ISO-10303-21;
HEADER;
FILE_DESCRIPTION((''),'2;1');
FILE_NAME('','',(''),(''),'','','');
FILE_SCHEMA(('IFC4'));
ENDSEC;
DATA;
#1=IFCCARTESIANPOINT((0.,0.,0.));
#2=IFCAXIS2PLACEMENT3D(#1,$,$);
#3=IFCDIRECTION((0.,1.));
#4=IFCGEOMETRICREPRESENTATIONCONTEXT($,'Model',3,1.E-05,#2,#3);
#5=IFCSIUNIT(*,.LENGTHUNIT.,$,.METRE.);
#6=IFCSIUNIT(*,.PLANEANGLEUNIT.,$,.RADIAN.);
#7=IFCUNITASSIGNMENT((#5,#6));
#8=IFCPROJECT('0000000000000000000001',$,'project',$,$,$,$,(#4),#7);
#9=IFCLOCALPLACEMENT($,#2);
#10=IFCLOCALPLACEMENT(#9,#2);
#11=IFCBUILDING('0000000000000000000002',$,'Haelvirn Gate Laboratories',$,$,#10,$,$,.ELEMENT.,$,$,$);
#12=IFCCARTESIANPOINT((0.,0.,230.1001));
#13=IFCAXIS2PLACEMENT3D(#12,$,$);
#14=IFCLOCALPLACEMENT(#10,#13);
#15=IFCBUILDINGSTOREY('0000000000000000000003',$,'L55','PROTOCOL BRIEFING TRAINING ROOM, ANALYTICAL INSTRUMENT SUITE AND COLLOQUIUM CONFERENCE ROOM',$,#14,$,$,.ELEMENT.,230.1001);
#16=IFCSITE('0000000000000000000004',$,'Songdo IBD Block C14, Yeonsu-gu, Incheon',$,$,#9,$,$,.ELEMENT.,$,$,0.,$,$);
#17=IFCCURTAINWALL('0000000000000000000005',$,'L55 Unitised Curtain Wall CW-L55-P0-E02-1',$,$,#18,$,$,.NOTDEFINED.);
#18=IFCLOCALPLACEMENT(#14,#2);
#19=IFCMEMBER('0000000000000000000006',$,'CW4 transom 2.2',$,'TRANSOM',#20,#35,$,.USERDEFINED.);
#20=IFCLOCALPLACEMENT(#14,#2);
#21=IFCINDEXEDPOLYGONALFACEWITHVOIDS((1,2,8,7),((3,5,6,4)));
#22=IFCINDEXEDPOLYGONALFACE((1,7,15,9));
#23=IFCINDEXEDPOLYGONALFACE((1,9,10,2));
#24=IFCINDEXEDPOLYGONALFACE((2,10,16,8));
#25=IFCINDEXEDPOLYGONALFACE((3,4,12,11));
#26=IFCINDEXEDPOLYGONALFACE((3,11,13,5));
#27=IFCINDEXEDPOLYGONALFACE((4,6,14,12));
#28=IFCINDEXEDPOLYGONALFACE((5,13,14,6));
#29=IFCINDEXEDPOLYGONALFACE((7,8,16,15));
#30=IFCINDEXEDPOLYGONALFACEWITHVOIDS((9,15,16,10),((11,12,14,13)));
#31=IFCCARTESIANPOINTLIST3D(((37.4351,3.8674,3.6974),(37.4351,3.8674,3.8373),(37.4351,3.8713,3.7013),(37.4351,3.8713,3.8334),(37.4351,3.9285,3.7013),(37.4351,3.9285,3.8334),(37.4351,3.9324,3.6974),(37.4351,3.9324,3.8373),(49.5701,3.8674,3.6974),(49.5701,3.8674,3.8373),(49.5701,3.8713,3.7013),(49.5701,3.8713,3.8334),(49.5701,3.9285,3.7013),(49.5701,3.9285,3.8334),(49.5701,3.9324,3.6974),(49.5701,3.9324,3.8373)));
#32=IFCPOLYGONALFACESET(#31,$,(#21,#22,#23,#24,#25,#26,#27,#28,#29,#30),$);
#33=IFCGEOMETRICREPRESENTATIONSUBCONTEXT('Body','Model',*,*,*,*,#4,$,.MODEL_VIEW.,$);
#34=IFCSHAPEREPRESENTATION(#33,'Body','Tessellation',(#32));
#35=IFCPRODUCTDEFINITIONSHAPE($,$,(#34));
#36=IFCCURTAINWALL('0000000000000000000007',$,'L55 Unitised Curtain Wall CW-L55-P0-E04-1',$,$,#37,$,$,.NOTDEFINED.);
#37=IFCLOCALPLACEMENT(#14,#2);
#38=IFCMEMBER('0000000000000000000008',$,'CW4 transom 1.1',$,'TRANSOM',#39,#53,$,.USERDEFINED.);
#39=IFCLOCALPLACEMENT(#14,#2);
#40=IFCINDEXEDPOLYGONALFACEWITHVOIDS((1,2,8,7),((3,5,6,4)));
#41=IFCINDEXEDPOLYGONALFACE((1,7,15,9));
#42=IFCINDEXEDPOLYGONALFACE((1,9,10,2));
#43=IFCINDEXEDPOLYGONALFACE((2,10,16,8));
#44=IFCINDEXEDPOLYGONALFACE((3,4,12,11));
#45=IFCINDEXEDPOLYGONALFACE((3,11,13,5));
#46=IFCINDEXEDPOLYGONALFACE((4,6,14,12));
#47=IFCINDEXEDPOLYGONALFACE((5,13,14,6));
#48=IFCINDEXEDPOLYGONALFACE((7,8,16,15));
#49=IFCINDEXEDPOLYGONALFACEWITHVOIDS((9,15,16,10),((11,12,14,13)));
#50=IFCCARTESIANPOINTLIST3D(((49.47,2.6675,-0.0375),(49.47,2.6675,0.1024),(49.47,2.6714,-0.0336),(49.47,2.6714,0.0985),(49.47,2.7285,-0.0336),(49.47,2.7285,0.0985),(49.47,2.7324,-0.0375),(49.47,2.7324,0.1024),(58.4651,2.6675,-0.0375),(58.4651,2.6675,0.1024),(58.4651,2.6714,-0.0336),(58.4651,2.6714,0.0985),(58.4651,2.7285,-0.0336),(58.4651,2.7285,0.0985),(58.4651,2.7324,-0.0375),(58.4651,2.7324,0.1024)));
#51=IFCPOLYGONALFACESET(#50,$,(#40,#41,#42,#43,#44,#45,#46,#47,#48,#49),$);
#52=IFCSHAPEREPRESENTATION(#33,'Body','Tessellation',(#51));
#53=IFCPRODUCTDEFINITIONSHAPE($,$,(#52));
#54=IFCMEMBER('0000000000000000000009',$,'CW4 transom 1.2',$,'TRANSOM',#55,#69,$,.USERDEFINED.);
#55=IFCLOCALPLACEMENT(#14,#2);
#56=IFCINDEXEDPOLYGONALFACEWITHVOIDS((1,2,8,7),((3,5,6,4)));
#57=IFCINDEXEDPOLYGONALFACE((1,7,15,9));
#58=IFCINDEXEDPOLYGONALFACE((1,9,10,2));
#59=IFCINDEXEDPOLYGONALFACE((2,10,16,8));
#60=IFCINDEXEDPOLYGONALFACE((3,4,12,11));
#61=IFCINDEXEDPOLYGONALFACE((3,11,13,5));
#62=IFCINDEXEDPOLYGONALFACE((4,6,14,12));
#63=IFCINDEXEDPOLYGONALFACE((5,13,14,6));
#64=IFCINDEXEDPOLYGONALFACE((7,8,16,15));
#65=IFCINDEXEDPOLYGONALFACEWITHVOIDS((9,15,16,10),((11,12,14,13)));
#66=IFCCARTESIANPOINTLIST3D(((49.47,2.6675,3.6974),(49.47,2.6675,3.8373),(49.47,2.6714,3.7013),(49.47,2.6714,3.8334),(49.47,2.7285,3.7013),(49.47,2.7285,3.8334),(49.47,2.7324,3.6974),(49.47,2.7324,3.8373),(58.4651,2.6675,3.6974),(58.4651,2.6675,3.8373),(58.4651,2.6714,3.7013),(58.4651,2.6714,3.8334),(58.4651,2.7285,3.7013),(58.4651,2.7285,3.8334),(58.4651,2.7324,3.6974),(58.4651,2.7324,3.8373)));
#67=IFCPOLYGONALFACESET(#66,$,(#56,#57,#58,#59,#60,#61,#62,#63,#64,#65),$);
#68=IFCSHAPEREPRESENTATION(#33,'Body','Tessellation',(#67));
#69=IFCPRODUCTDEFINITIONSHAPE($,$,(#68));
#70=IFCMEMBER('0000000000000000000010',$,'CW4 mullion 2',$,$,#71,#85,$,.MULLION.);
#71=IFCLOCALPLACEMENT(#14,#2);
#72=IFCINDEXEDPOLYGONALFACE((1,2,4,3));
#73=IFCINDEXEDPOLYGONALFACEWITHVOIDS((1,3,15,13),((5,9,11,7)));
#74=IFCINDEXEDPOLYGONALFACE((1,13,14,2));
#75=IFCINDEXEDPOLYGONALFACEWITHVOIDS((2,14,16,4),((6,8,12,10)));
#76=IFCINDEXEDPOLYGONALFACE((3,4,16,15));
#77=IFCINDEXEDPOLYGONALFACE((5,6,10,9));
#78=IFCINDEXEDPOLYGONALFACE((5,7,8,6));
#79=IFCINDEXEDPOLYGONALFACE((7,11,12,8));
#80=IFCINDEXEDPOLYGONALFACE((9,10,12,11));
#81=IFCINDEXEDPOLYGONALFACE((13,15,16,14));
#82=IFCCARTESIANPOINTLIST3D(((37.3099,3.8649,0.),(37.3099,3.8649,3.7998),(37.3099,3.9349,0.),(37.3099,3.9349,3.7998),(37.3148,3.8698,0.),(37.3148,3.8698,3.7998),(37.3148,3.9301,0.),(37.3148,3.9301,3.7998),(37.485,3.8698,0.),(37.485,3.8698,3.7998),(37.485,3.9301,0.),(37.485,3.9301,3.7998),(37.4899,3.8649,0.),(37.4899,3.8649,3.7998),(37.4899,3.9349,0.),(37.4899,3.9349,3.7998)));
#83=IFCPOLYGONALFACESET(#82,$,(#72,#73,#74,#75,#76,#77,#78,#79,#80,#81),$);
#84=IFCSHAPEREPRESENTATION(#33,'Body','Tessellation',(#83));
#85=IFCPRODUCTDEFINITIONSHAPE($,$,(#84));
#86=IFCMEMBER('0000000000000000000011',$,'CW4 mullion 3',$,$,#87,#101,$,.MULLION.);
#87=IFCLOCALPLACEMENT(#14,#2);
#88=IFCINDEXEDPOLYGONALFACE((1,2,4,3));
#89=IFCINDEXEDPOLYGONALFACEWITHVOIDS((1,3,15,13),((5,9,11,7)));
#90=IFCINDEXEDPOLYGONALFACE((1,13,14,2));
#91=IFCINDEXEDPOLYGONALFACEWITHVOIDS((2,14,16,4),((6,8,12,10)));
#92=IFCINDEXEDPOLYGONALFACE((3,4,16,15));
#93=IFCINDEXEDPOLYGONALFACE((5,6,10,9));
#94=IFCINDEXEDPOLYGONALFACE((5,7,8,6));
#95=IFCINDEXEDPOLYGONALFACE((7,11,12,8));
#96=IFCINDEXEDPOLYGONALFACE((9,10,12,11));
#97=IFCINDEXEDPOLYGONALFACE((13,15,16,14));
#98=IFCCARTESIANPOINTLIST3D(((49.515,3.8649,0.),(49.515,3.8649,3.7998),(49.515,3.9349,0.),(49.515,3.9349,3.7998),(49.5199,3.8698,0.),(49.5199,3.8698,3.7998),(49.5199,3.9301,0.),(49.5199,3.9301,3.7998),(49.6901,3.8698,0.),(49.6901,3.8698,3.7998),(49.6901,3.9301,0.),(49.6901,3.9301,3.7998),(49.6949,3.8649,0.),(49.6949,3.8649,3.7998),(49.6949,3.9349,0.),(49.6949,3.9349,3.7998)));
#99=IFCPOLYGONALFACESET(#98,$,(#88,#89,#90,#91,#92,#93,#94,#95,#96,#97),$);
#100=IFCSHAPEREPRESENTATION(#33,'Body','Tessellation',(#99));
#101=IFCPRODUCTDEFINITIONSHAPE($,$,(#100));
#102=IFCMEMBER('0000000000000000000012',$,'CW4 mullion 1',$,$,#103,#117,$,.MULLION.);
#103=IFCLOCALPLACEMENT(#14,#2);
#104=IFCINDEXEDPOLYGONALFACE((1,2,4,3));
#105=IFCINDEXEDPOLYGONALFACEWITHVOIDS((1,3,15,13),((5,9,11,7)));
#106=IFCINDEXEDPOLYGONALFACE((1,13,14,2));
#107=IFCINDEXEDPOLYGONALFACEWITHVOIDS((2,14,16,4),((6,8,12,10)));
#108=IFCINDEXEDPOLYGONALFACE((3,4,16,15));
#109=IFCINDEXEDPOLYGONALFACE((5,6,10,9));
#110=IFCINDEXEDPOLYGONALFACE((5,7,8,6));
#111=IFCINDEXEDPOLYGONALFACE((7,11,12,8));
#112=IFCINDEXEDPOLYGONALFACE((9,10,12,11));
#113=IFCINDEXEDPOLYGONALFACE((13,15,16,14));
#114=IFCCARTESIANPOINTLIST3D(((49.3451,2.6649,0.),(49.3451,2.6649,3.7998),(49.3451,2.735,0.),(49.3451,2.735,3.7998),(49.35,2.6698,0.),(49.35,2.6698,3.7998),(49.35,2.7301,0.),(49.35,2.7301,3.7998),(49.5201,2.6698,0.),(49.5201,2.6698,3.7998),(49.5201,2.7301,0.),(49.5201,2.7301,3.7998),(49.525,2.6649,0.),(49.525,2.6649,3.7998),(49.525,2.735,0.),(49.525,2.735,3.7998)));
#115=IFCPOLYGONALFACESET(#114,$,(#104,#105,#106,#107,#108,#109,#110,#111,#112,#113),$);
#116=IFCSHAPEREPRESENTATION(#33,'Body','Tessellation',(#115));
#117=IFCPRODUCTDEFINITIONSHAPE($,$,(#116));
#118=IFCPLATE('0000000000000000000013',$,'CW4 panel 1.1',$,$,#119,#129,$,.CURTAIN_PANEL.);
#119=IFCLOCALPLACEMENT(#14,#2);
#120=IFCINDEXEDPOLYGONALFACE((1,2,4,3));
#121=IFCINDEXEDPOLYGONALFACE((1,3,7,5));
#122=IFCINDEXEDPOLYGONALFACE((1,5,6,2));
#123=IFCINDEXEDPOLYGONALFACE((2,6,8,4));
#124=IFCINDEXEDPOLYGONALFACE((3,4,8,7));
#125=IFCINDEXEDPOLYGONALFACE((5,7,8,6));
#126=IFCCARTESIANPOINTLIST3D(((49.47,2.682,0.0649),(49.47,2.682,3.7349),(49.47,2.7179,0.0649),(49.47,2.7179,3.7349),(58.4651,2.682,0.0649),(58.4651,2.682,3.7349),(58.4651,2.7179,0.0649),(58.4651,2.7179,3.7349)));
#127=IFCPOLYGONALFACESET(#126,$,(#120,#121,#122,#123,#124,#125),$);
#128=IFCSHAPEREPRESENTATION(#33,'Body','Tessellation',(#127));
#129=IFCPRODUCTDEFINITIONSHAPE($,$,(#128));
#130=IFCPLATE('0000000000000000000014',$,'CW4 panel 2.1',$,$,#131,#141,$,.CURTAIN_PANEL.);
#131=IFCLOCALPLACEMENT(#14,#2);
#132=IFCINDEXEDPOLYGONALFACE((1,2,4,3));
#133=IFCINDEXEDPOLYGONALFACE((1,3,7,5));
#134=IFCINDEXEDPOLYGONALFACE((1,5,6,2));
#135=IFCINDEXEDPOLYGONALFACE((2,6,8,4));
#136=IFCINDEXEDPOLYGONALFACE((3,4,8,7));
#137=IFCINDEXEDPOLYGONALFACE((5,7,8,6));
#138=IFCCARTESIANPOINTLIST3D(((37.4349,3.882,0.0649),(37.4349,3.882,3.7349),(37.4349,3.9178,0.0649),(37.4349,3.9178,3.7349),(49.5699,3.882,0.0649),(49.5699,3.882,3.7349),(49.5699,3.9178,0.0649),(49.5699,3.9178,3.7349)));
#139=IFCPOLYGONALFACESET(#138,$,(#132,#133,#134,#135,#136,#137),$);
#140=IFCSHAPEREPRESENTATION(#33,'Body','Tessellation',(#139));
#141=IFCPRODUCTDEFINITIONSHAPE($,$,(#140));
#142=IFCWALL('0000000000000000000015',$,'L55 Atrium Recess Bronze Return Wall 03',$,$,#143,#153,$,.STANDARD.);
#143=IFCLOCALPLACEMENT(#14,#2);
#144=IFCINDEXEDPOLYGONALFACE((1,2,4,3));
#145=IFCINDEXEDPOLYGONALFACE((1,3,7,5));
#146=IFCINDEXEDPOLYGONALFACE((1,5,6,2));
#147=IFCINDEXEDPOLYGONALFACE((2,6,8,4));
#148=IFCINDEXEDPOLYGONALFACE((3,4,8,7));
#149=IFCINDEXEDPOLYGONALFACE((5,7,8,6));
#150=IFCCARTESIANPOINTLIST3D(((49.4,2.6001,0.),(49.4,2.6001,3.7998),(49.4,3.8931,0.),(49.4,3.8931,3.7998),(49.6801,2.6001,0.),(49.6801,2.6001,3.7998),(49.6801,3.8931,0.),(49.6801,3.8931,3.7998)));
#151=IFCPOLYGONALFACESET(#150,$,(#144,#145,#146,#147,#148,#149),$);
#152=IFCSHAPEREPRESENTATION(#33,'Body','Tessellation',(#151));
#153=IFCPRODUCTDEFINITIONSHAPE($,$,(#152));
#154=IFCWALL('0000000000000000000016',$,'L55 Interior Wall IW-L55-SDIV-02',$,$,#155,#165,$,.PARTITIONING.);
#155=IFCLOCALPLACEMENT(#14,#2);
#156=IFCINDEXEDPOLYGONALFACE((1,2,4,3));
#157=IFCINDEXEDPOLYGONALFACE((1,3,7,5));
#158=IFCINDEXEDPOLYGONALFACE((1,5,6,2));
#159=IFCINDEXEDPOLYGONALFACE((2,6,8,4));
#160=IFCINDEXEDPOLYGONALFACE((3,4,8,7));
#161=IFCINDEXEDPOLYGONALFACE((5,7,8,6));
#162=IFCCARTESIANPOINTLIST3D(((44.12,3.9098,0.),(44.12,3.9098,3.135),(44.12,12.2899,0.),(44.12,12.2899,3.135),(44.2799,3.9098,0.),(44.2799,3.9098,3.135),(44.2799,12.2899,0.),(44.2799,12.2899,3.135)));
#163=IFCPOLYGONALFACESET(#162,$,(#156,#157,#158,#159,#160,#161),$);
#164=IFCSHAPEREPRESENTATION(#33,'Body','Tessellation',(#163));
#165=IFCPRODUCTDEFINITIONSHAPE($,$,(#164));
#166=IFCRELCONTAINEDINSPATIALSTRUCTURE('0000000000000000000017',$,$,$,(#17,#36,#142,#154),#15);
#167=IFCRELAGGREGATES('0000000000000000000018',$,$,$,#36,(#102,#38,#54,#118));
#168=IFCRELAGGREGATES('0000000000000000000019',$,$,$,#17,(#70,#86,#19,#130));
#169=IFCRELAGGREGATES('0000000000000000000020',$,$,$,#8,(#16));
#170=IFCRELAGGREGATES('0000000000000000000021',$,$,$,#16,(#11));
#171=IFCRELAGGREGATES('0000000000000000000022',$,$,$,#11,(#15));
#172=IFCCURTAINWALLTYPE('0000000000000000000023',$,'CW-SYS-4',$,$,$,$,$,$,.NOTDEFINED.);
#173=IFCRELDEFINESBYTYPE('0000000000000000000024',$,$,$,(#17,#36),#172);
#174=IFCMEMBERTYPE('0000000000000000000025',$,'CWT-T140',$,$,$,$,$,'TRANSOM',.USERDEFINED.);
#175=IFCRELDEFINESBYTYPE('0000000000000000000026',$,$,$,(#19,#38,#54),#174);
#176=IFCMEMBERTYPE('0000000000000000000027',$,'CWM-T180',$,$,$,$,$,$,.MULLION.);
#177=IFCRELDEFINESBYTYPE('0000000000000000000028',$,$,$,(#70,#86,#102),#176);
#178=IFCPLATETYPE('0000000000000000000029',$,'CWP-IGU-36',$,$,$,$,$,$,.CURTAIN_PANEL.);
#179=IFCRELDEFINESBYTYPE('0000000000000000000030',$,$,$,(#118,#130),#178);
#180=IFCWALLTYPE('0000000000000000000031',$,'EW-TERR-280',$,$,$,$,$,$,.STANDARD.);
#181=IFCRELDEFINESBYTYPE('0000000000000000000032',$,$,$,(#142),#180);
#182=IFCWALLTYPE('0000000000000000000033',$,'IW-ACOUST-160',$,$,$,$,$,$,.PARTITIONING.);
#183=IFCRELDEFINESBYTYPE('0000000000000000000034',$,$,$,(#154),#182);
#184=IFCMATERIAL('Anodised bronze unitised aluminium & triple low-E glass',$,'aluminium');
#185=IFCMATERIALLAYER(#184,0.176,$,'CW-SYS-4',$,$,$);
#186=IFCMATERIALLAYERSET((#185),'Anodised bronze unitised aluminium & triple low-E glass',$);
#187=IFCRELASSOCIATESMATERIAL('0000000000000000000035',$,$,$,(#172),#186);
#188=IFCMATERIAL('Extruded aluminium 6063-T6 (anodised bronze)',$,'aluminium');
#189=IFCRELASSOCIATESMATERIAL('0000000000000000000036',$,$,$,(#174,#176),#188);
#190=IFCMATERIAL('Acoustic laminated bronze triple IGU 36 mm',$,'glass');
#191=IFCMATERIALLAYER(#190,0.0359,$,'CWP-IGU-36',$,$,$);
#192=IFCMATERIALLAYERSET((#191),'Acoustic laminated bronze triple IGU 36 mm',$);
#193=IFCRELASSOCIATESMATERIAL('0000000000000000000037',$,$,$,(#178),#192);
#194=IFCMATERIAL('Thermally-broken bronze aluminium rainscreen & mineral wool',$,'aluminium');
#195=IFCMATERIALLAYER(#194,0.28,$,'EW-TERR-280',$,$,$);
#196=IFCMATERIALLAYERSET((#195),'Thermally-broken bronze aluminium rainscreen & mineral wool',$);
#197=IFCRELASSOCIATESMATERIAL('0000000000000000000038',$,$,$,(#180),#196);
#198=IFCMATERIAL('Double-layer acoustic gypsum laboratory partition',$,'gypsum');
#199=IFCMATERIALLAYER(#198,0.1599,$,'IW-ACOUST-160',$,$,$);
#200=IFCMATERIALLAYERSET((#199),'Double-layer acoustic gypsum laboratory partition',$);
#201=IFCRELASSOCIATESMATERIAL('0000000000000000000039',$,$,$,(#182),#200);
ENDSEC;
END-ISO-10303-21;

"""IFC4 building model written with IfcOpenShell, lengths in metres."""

from ifc_helpers import new_model, si_unit, direction, frame, frame_2d, origin, origin_2d, place, context, subcontext, project, spatial, rectangle, hollow_rectangle, extrude, source, transform, mapped, material, layer, layer_set, material_profile, profile_set, type_object, type_shapes, element, aggregate, save


model = new_model("IFC4")

# Units and contexts
model_context = context("Model", 3, precision=1e-05, world=origin(), true_north=direction((0.0, 1.0)))
body_context = subcontext(model_context, "Body", "Model", "MODEL_VIEW")
ifc_project = project(units=[si_unit("LENGTHUNIT", "METRE"), si_unit("PLANEANGLEUNIT", "RADIAN")], contexts=[model_context])

# Site, building, storey
site_placement = place(None, origin())
site = spatial("IfcSite", under=ifc_project, at=site_placement, Name="Songdo IBD Block C14, Yeonsu-gu, Incheon", CompositionType="ELEMENT", RefElevation=0.0)
building_placement = place(site_placement, origin())
building = spatial("IfcBuilding", under=site, at=building_placement, Name="Haelvirn Gate Laboratories", CompositionType="ELEMENT")
storey_placement = place(building_placement, frame((0.0, 0.0, 230.1001)))
storey = spatial("IfcBuildingStorey", under=building, at=storey_placement, Name="L55", Description="PROTOCOL BRIEFING TRAINING ROOM, ANALYTICAL INSTRUMENT SUITE AND COLLOQUIUM CONFERENCE ROOM", CompositionType="ELEMENT", Elevation=230.1001)

# Curtain walls, members
ifc_material_1 = material(Name="Anodised bronze unitised aluminium & triple low-E glass", Category="aluminium")
ifc_layer_1 = layer(ifc_material_1, 0.176, Name="CW-SYS-4")
ifc_layer_set_1 = layer_set([ifc_layer_1], Name="Anodised bronze unitised aluminium & triple low-E glass")
curtain_wall_type = type_object("IfcCurtainWallType", Name="CW-SYS-4", PredefinedType="NOTDEFINED", material=ifc_layer_set_1)
curtain_wall_1_placement = place(storey_placement, origin())
curtain_wall_1 = element("IfcCurtainWall", 1, at=curtain_wall_1_placement, inside=storey, type_object=curtain_wall_type, Name="L55 Unitised Curtain Wall CW-L55-P0-E02-1", PredefinedType="NOTDEFINED")
ifc_material_2 = material(Name="Extruded aluminium 6063-T6 (anodised bronze)", Category="aluminium")
ifc_material_profile_1 = material_profile(ifc_material_2, hollow_rectangle(XDim=0.0649, YDim=0.1399, WallThickness=0.0039, at=origin_2d()), Name="CWT-140x65x4")
ifc_profile_set_1 = profile_set([ifc_material_profile_1], Name="Extruded aluminium 6063-T6 (anodised bronze)")
member_type_1 = type_object("IfcMemberType", Name="CWT-T140", ElementType="TRANSOM", PredefinedType="USERDEFINED", material=ifc_profile_set_1)
shared_shape_1 = source(origin(), body_context, "Body", "SweptSolid", [
    extrude(hollow_rectangle(XDim=0.0649, YDim=0.1399, WallThickness=0.0039, at=origin_2d()), origin(), (0.0, 0.0, 1.0), 12.135),
])
member_1_placement = place(storey_placement, frame((37.4351, 3.8999, 3.7673), z_axis=(1.0, 0.0, 0.0), x_axis=(0.0, 1.0, 0.0)))
member_1 = element("IfcMember", 2, at=member_1_placement, type_object=member_type_1, Name="CW4 transom 2.2", ObjectType="TRANSOM", PredefinedType="USERDEFINED", context=body_context, shape_type="MappedRepresentation", body=[
    mapped(shared_shape_1, transform((0.0, 0.0, 0.0), scale=1.0)),
])
curtain_wall_2_placement = place(storey_placement, origin())
curtain_wall_2 = element("IfcCurtainWall", 3, at=curtain_wall_2_placement, inside=storey, type_object=curtain_wall_type, Name="L55 Unitised Curtain Wall CW-L55-P0-E04-1", PredefinedType="NOTDEFINED")
shared_shape_2 = source(origin(), body_context, "Body", "SweptSolid", [
    extrude(hollow_rectangle(XDim=0.0649, YDim=0.1399, WallThickness=0.0039, at=origin_2d()), origin(), (0.0, 0.0, 1.0), 8.9951),
])
type_shapes(member_type_1, [shared_shape_1, shared_shape_2])
member_2_placement = place(storey_placement, frame((49.47, 2.7, 0.0325), z_axis=(1.0, 0.0, 0.0), x_axis=(0.0, 1.0, 0.0)))
member_2 = element("IfcMember", 4, at=member_2_placement, type_object=member_type_1, Name="CW4 transom 1.1", ObjectType="TRANSOM", PredefinedType="USERDEFINED", context=body_context, shape_type="MappedRepresentation", body=[
    mapped(shared_shape_2, transform((0.0, 0.0, 0.0), scale=1.0)),
])
member_3_placement = place(storey_placement, frame((49.47, 2.7, 3.7673), z_axis=(1.0, 0.0, 0.0), x_axis=(0.0, 1.0, 0.0)))
member_3 = element("IfcMember", 5, at=member_3_placement, type_object=member_type_1, Name="CW4 transom 1.2", ObjectType="TRANSOM", PredefinedType="USERDEFINED", context=body_context, shape_type="MappedRepresentation", body=[
    mapped(shared_shape_2, transform((0.0, 0.0, 0.0), scale=1.0)),
])

# Members
ifc_material_profile_2 = material_profile(ifc_material_2, hollow_rectangle(XDim=0.0701, YDim=0.1799, WallThickness=0.0049, at=origin_2d()), Name="CWM-180x70x5")
ifc_profile_set_2 = profile_set([ifc_material_profile_2], Name="Extruded aluminium 6063-T6 (anodised bronze)")
member_type_2 = type_object("IfcMemberType", Name="CWM-T180", PredefinedType="MULLION", material=ifc_profile_set_2)
shared_shape_3 = source(origin(), body_context, "Body", "SweptSolid", [
    extrude(hollow_rectangle(XDim=0.0701, YDim=0.1799, WallThickness=0.0049, at=origin_2d()), origin(), (0.0, 0.0, 1.0), 3.7998),
])
type_shapes(member_type_2, [shared_shape_3])
member_4_placement = place(storey_placement, frame((37.3999, 3.8999, 0.0), z_axis=(0.0, 0.0, 1.0), x_axis=(0.0, 1.0, 0.0)))
member_4 = element("IfcMember", 6, at=member_4_placement, type_object=member_type_2, Name="CW4 mullion 2", PredefinedType="MULLION", context=body_context, shape_type="MappedRepresentation", body=[
    mapped(shared_shape_3, transform((0.0, 0.0, 0.0), scale=1.0)),
])
member_5_placement = place(storey_placement, frame((49.605, 3.8999, 0.0), z_axis=(0.0, 0.0, 1.0), x_axis=(0.0, 1.0, 0.0)))
member_5 = element("IfcMember", 7, at=member_5_placement, type_object=member_type_2, Name="CW4 mullion 3", PredefinedType="MULLION", context=body_context, shape_type="MappedRepresentation", body=[
    mapped(shared_shape_3, transform((0.0, 0.0, 0.0), scale=1.0)),
])
member_6_placement = place(storey_placement, frame((49.4351, 2.7, 0.0), z_axis=(0.0, 0.0, 1.0), x_axis=(0.0, 1.0, 0.0)))
member_6 = element("IfcMember", 8, at=member_6_placement, type_object=member_type_2, Name="CW4 mullion 1", PredefinedType="MULLION", context=body_context, shape_type="MappedRepresentation", body=[
    mapped(shared_shape_3, transform((0.0, 0.0, 0.0), scale=1.0)),
])

# Plates
ifc_material_3 = material(Name="Acoustic laminated bronze triple IGU 36 mm", Category="glass")
ifc_layer_2 = layer(ifc_material_3, 0.0359, Name="CWP-IGU-36")
ifc_layer_set_2 = layer_set([ifc_layer_2], Name="Acoustic laminated bronze triple IGU 36 mm")
plate_type = type_object("IfcPlateType", Name="CWP-IGU-36", PredefinedType="CURTAIN_PANEL", material=ifc_layer_set_2)
shared_shape_4 = source(origin(), body_context, "Body", "SweptSolid", [
    extrude(rectangle(XDim=8.9951, YDim=0.0359, at=origin_2d()), origin(), (0.0, 0.0, 1.0), 3.6699),
])
plate_1_placement = place(storey_placement, frame((53.9675, 2.7, 0.0649), z_axis=(0.0, 0.0, 1.0), x_axis=(1.0, 0.0, 0.0)))
plate_1 = element("IfcPlate", 9, at=plate_1_placement, type_object=plate_type, Name="CW4 panel 1.1", PredefinedType="CURTAIN_PANEL", context=body_context, shape_type="MappedRepresentation", body=[
    mapped(shared_shape_4, transform((0.0, 0.0, 0.0), scale=1.0)),
])
aggregate(curtain_wall_2, [member_6, member_2, member_3, plate_1])
shared_shape_5 = source(origin(), body_context, "Body", "SweptSolid", [
    extrude(rectangle(XDim=12.135, YDim=0.0359, at=origin_2d()), origin(), (0.0, 0.0, 1.0), 3.6699),
])
type_shapes(plate_type, [shared_shape_4, shared_shape_5])
plate_2_placement = place(storey_placement, frame((43.5024, 3.8999, 0.0649), z_axis=(0.0, 0.0, 1.0), x_axis=(1.0, 0.0, 0.0)))
plate_2 = element("IfcPlate", 10, at=plate_2_placement, type_object=plate_type, Name="CW4 panel 2.1", PredefinedType="CURTAIN_PANEL", context=body_context, shape_type="MappedRepresentation", body=[
    mapped(shared_shape_5, transform((0.0, 0.0, 0.0), scale=1.0)),
])
aggregate(curtain_wall_1, [member_4, member_5, member_1, plate_2])

# Walls
ifc_material_4 = material(Name="Thermally-broken bronze aluminium rainscreen & mineral wool", Category="aluminium")
ifc_layer_3 = layer(ifc_material_4, 0.28, Name="EW-TERR-280")
ifc_layer_set_3 = layer_set([ifc_layer_3], Name="Thermally-broken bronze aluminium rainscreen & mineral wool")
wall_type_1 = type_object("IfcWallType", Name="EW-TERR-280", PredefinedType="STANDARD", material=ifc_layer_set_3)
wall_1_placement = place(storey_placement, frame((49.54, 3.8931, 0.0), z_axis=(0.0, 0.0, 1.0), x_axis=(0.0, -1.0, 0.0)))
element("IfcWall", 11, at=wall_1_placement, inside=storey, type_object=wall_type_1, Name="L55 Atrium Recess Bronze Return Wall 03", PredefinedType="STANDARD", context=body_context, shape_type="SweptSolid", body=[
    extrude(rectangle(XDim=1.293, YDim=0.28, at=frame_2d((0.6465, 0.0))), origin(), (0.0, 0.0, 1.0), 3.7998),
])
ifc_material_5 = material(Name="Double-layer acoustic gypsum laboratory partition", Category="gypsum")
ifc_layer_4 = layer(ifc_material_5, 0.1599, Name="IW-ACOUST-160")
ifc_layer_set_4 = layer_set([ifc_layer_4], Name="Double-layer acoustic gypsum laboratory partition")
wall_type_2 = type_object("IfcWallType", Name="IW-ACOUST-160", PredefinedType="PARTITIONING", material=ifc_layer_set_4)
wall_2_placement = place(storey_placement, frame((44.2, 3.9099, 0.0), z_axis=(0.0, 0.0, 1.0), x_axis=(0.0, 1.0, 0.0)))
element("IfcWall", 12, at=wall_2_placement, inside=storey, type_object=wall_type_2, Name="L55 Interior Wall IW-L55-SDIV-02", PredefinedType="PARTITIONING", context=body_context, shape_type="SweptSolid", body=[
    extrude(rectangle(XDim=8.3801, YDim=0.1599, at=frame_2d((4.1899, 0.0))), origin(), (0.0, 0.0, 1.0), 3.135),
])

save(model, "model.ifc")
